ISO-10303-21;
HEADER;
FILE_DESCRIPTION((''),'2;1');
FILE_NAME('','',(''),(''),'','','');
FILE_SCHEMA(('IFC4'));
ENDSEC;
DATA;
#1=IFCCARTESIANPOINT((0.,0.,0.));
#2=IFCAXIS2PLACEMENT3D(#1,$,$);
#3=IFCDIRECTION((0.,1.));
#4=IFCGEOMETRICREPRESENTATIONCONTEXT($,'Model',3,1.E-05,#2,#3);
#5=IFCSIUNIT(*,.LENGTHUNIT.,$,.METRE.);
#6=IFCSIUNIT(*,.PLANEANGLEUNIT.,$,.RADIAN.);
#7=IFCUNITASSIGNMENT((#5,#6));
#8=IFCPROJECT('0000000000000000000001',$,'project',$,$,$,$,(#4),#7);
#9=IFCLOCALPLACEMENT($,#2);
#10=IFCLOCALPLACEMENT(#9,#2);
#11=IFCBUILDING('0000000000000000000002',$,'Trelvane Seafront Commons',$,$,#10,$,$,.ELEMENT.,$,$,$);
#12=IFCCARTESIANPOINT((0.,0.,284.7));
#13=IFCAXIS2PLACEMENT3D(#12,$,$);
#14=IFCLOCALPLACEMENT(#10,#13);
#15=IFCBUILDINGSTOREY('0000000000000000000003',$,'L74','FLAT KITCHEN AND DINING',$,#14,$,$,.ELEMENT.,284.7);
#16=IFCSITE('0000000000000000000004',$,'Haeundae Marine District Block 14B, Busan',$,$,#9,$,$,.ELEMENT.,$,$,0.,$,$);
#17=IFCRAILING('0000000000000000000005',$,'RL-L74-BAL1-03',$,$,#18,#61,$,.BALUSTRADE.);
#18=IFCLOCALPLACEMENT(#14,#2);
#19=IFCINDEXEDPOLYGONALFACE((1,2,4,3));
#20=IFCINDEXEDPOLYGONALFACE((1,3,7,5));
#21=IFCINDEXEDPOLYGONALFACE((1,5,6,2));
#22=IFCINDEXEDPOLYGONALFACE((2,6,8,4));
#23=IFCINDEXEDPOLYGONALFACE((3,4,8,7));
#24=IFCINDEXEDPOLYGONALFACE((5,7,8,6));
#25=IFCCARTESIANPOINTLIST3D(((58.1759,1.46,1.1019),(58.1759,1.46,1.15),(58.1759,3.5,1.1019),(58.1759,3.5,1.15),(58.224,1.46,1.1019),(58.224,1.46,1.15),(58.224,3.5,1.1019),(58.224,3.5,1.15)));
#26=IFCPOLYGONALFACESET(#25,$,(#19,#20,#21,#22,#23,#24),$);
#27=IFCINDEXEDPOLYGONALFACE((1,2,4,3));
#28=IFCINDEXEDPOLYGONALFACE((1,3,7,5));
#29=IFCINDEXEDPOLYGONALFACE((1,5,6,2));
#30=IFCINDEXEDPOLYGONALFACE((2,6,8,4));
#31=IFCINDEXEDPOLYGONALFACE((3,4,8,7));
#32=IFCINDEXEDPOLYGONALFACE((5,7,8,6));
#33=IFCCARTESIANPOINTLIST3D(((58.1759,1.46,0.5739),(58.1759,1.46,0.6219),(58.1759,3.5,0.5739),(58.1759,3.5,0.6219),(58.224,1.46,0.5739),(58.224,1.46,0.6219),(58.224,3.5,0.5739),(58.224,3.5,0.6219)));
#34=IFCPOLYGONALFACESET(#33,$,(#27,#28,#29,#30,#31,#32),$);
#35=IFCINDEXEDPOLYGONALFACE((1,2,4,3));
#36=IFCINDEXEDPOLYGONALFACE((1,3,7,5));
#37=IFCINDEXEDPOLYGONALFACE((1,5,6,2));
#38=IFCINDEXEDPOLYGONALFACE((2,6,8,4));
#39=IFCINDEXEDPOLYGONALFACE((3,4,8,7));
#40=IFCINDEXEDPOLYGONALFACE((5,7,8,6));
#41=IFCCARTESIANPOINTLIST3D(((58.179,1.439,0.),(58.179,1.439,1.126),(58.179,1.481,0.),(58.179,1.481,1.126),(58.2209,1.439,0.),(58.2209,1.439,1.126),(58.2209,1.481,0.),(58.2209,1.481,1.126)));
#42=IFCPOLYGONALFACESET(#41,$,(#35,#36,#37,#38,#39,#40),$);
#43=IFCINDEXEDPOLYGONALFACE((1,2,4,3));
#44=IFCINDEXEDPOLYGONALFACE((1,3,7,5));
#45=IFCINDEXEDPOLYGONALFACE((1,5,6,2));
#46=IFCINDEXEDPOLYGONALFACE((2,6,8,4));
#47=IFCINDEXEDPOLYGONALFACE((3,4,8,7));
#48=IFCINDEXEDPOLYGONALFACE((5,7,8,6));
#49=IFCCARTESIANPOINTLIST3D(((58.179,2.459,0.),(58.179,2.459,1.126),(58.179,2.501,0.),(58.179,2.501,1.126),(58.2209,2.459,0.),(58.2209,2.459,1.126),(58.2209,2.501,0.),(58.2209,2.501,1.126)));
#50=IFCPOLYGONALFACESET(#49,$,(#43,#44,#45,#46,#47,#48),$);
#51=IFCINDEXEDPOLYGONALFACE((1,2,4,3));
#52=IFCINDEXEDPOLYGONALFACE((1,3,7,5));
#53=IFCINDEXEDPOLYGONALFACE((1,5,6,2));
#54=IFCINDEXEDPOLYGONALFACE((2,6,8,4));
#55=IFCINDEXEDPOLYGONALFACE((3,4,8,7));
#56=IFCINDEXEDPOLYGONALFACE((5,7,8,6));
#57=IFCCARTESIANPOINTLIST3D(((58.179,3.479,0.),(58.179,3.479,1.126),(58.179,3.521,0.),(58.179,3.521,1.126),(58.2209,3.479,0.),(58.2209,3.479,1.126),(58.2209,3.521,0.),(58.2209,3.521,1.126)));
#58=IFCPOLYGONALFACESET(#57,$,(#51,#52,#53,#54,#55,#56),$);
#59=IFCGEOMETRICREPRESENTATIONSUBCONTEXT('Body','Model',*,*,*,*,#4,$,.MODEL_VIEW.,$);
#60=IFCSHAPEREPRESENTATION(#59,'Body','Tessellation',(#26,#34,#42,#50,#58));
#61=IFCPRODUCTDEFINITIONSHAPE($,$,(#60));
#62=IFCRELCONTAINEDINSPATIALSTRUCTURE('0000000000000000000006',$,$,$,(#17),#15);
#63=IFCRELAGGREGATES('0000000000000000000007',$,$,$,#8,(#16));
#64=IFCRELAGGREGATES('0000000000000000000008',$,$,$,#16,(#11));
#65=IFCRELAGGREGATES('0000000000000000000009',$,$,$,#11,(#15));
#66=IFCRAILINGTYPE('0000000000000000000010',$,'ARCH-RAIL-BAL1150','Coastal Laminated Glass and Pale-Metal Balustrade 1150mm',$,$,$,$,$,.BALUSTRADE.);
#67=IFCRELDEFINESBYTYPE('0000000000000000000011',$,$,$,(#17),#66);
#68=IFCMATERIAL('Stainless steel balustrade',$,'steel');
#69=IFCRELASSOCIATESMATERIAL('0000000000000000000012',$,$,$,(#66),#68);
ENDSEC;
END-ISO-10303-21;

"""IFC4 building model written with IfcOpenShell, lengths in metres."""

from ifc_helpers import new_model, si_unit, direction, frame, origin, origin_2d, place, context, subcontext, project, spatial, rectangle, extrude, material, type_object, element, save


model = new_model("IFC4")

# Units and contexts
model_context = context("Model", 3, precision=1e-05, world=origin(), true_north=direction((0.0, 1.0)))
body_context = subcontext(model_context, "Body", "Model", "MODEL_VIEW")
ifc_project = project(units=[si_unit("LENGTHUNIT", "METRE"), si_unit("PLANEANGLEUNIT", "RADIAN")], contexts=[model_context])

# Site, building, storey
site_placement = place(None, origin())
site = spatial("IfcSite", under=ifc_project, at=site_placement, Name="Haeundae Marine District Block 14B, Busan", CompositionType="ELEMENT", RefElevation=0.0)
building_placement = place(site_placement, origin())
building = spatial("IfcBuilding", under=site, at=building_placement, Name="Trelvane Seafront Commons", CompositionType="ELEMENT")
storey_placement = place(building_placement, frame((0.0, 0.0, 284.7)))
storey = spatial("IfcBuildingStorey", under=building, at=storey_placement, Name="L74", Description="FLAT KITCHEN AND DINING", CompositionType="ELEMENT", Elevation=284.7)

# Railing
ifc_material_1 = material(Name="Stainless steel balustrade", Category="steel")
railing_type = type_object("IfcRailingType", Name="ARCH-RAIL-BAL1150", Description="Coastal Laminated Glass and Pale-Metal Balustrade 1150mm", PredefinedType="BALUSTRADE", material=ifc_material_1)
railing_1_placement = place(storey_placement, frame((58.2, 1.46, 0.0)))
element("IfcRailing", 1, at=railing_1_placement, inside=storey, type_object=railing_type, Name="RL-L74-BAL1-03", PredefinedType="BALUSTRADE", context=body_context, shape_type="SweptSolid", body=[
    extrude(rectangle(XDim=0.0481, YDim=0.0481, at=origin_2d()), frame((0.0, 0.0, 1.126), z_axis=(0.0, 1.0, 0.0), x_axis=(-1.0, 0.0, 0.0)), (0.0, 0.0, 1.0), 2.04),
    extrude(rectangle(XDim=0.0481, YDim=0.0481, at=origin_2d()), frame((0.0, 0.0, 0.5979), z_axis=(0.0, 1.0, 0.0), x_axis=(-1.0, 0.0, 0.0)), (0.0, 0.0, 1.0), 2.04),
    extrude(rectangle(XDim=0.042, YDim=0.042, at=origin_2d()), origin(), (0.0, 0.0, 1.0), 1.126),
    extrude(rectangle(XDim=0.042, YDim=0.042, at=origin_2d()), frame((0.0, 1.02, 0.0)), (0.0, 0.0, 1.0), 1.126),
    extrude(rectangle(XDim=0.042, YDim=0.042, at=origin_2d()), frame((0.0, 2.04, 0.0)), (0.0, 0.0, 1.0), 1.126),
])

save(model, "model.ifc")
